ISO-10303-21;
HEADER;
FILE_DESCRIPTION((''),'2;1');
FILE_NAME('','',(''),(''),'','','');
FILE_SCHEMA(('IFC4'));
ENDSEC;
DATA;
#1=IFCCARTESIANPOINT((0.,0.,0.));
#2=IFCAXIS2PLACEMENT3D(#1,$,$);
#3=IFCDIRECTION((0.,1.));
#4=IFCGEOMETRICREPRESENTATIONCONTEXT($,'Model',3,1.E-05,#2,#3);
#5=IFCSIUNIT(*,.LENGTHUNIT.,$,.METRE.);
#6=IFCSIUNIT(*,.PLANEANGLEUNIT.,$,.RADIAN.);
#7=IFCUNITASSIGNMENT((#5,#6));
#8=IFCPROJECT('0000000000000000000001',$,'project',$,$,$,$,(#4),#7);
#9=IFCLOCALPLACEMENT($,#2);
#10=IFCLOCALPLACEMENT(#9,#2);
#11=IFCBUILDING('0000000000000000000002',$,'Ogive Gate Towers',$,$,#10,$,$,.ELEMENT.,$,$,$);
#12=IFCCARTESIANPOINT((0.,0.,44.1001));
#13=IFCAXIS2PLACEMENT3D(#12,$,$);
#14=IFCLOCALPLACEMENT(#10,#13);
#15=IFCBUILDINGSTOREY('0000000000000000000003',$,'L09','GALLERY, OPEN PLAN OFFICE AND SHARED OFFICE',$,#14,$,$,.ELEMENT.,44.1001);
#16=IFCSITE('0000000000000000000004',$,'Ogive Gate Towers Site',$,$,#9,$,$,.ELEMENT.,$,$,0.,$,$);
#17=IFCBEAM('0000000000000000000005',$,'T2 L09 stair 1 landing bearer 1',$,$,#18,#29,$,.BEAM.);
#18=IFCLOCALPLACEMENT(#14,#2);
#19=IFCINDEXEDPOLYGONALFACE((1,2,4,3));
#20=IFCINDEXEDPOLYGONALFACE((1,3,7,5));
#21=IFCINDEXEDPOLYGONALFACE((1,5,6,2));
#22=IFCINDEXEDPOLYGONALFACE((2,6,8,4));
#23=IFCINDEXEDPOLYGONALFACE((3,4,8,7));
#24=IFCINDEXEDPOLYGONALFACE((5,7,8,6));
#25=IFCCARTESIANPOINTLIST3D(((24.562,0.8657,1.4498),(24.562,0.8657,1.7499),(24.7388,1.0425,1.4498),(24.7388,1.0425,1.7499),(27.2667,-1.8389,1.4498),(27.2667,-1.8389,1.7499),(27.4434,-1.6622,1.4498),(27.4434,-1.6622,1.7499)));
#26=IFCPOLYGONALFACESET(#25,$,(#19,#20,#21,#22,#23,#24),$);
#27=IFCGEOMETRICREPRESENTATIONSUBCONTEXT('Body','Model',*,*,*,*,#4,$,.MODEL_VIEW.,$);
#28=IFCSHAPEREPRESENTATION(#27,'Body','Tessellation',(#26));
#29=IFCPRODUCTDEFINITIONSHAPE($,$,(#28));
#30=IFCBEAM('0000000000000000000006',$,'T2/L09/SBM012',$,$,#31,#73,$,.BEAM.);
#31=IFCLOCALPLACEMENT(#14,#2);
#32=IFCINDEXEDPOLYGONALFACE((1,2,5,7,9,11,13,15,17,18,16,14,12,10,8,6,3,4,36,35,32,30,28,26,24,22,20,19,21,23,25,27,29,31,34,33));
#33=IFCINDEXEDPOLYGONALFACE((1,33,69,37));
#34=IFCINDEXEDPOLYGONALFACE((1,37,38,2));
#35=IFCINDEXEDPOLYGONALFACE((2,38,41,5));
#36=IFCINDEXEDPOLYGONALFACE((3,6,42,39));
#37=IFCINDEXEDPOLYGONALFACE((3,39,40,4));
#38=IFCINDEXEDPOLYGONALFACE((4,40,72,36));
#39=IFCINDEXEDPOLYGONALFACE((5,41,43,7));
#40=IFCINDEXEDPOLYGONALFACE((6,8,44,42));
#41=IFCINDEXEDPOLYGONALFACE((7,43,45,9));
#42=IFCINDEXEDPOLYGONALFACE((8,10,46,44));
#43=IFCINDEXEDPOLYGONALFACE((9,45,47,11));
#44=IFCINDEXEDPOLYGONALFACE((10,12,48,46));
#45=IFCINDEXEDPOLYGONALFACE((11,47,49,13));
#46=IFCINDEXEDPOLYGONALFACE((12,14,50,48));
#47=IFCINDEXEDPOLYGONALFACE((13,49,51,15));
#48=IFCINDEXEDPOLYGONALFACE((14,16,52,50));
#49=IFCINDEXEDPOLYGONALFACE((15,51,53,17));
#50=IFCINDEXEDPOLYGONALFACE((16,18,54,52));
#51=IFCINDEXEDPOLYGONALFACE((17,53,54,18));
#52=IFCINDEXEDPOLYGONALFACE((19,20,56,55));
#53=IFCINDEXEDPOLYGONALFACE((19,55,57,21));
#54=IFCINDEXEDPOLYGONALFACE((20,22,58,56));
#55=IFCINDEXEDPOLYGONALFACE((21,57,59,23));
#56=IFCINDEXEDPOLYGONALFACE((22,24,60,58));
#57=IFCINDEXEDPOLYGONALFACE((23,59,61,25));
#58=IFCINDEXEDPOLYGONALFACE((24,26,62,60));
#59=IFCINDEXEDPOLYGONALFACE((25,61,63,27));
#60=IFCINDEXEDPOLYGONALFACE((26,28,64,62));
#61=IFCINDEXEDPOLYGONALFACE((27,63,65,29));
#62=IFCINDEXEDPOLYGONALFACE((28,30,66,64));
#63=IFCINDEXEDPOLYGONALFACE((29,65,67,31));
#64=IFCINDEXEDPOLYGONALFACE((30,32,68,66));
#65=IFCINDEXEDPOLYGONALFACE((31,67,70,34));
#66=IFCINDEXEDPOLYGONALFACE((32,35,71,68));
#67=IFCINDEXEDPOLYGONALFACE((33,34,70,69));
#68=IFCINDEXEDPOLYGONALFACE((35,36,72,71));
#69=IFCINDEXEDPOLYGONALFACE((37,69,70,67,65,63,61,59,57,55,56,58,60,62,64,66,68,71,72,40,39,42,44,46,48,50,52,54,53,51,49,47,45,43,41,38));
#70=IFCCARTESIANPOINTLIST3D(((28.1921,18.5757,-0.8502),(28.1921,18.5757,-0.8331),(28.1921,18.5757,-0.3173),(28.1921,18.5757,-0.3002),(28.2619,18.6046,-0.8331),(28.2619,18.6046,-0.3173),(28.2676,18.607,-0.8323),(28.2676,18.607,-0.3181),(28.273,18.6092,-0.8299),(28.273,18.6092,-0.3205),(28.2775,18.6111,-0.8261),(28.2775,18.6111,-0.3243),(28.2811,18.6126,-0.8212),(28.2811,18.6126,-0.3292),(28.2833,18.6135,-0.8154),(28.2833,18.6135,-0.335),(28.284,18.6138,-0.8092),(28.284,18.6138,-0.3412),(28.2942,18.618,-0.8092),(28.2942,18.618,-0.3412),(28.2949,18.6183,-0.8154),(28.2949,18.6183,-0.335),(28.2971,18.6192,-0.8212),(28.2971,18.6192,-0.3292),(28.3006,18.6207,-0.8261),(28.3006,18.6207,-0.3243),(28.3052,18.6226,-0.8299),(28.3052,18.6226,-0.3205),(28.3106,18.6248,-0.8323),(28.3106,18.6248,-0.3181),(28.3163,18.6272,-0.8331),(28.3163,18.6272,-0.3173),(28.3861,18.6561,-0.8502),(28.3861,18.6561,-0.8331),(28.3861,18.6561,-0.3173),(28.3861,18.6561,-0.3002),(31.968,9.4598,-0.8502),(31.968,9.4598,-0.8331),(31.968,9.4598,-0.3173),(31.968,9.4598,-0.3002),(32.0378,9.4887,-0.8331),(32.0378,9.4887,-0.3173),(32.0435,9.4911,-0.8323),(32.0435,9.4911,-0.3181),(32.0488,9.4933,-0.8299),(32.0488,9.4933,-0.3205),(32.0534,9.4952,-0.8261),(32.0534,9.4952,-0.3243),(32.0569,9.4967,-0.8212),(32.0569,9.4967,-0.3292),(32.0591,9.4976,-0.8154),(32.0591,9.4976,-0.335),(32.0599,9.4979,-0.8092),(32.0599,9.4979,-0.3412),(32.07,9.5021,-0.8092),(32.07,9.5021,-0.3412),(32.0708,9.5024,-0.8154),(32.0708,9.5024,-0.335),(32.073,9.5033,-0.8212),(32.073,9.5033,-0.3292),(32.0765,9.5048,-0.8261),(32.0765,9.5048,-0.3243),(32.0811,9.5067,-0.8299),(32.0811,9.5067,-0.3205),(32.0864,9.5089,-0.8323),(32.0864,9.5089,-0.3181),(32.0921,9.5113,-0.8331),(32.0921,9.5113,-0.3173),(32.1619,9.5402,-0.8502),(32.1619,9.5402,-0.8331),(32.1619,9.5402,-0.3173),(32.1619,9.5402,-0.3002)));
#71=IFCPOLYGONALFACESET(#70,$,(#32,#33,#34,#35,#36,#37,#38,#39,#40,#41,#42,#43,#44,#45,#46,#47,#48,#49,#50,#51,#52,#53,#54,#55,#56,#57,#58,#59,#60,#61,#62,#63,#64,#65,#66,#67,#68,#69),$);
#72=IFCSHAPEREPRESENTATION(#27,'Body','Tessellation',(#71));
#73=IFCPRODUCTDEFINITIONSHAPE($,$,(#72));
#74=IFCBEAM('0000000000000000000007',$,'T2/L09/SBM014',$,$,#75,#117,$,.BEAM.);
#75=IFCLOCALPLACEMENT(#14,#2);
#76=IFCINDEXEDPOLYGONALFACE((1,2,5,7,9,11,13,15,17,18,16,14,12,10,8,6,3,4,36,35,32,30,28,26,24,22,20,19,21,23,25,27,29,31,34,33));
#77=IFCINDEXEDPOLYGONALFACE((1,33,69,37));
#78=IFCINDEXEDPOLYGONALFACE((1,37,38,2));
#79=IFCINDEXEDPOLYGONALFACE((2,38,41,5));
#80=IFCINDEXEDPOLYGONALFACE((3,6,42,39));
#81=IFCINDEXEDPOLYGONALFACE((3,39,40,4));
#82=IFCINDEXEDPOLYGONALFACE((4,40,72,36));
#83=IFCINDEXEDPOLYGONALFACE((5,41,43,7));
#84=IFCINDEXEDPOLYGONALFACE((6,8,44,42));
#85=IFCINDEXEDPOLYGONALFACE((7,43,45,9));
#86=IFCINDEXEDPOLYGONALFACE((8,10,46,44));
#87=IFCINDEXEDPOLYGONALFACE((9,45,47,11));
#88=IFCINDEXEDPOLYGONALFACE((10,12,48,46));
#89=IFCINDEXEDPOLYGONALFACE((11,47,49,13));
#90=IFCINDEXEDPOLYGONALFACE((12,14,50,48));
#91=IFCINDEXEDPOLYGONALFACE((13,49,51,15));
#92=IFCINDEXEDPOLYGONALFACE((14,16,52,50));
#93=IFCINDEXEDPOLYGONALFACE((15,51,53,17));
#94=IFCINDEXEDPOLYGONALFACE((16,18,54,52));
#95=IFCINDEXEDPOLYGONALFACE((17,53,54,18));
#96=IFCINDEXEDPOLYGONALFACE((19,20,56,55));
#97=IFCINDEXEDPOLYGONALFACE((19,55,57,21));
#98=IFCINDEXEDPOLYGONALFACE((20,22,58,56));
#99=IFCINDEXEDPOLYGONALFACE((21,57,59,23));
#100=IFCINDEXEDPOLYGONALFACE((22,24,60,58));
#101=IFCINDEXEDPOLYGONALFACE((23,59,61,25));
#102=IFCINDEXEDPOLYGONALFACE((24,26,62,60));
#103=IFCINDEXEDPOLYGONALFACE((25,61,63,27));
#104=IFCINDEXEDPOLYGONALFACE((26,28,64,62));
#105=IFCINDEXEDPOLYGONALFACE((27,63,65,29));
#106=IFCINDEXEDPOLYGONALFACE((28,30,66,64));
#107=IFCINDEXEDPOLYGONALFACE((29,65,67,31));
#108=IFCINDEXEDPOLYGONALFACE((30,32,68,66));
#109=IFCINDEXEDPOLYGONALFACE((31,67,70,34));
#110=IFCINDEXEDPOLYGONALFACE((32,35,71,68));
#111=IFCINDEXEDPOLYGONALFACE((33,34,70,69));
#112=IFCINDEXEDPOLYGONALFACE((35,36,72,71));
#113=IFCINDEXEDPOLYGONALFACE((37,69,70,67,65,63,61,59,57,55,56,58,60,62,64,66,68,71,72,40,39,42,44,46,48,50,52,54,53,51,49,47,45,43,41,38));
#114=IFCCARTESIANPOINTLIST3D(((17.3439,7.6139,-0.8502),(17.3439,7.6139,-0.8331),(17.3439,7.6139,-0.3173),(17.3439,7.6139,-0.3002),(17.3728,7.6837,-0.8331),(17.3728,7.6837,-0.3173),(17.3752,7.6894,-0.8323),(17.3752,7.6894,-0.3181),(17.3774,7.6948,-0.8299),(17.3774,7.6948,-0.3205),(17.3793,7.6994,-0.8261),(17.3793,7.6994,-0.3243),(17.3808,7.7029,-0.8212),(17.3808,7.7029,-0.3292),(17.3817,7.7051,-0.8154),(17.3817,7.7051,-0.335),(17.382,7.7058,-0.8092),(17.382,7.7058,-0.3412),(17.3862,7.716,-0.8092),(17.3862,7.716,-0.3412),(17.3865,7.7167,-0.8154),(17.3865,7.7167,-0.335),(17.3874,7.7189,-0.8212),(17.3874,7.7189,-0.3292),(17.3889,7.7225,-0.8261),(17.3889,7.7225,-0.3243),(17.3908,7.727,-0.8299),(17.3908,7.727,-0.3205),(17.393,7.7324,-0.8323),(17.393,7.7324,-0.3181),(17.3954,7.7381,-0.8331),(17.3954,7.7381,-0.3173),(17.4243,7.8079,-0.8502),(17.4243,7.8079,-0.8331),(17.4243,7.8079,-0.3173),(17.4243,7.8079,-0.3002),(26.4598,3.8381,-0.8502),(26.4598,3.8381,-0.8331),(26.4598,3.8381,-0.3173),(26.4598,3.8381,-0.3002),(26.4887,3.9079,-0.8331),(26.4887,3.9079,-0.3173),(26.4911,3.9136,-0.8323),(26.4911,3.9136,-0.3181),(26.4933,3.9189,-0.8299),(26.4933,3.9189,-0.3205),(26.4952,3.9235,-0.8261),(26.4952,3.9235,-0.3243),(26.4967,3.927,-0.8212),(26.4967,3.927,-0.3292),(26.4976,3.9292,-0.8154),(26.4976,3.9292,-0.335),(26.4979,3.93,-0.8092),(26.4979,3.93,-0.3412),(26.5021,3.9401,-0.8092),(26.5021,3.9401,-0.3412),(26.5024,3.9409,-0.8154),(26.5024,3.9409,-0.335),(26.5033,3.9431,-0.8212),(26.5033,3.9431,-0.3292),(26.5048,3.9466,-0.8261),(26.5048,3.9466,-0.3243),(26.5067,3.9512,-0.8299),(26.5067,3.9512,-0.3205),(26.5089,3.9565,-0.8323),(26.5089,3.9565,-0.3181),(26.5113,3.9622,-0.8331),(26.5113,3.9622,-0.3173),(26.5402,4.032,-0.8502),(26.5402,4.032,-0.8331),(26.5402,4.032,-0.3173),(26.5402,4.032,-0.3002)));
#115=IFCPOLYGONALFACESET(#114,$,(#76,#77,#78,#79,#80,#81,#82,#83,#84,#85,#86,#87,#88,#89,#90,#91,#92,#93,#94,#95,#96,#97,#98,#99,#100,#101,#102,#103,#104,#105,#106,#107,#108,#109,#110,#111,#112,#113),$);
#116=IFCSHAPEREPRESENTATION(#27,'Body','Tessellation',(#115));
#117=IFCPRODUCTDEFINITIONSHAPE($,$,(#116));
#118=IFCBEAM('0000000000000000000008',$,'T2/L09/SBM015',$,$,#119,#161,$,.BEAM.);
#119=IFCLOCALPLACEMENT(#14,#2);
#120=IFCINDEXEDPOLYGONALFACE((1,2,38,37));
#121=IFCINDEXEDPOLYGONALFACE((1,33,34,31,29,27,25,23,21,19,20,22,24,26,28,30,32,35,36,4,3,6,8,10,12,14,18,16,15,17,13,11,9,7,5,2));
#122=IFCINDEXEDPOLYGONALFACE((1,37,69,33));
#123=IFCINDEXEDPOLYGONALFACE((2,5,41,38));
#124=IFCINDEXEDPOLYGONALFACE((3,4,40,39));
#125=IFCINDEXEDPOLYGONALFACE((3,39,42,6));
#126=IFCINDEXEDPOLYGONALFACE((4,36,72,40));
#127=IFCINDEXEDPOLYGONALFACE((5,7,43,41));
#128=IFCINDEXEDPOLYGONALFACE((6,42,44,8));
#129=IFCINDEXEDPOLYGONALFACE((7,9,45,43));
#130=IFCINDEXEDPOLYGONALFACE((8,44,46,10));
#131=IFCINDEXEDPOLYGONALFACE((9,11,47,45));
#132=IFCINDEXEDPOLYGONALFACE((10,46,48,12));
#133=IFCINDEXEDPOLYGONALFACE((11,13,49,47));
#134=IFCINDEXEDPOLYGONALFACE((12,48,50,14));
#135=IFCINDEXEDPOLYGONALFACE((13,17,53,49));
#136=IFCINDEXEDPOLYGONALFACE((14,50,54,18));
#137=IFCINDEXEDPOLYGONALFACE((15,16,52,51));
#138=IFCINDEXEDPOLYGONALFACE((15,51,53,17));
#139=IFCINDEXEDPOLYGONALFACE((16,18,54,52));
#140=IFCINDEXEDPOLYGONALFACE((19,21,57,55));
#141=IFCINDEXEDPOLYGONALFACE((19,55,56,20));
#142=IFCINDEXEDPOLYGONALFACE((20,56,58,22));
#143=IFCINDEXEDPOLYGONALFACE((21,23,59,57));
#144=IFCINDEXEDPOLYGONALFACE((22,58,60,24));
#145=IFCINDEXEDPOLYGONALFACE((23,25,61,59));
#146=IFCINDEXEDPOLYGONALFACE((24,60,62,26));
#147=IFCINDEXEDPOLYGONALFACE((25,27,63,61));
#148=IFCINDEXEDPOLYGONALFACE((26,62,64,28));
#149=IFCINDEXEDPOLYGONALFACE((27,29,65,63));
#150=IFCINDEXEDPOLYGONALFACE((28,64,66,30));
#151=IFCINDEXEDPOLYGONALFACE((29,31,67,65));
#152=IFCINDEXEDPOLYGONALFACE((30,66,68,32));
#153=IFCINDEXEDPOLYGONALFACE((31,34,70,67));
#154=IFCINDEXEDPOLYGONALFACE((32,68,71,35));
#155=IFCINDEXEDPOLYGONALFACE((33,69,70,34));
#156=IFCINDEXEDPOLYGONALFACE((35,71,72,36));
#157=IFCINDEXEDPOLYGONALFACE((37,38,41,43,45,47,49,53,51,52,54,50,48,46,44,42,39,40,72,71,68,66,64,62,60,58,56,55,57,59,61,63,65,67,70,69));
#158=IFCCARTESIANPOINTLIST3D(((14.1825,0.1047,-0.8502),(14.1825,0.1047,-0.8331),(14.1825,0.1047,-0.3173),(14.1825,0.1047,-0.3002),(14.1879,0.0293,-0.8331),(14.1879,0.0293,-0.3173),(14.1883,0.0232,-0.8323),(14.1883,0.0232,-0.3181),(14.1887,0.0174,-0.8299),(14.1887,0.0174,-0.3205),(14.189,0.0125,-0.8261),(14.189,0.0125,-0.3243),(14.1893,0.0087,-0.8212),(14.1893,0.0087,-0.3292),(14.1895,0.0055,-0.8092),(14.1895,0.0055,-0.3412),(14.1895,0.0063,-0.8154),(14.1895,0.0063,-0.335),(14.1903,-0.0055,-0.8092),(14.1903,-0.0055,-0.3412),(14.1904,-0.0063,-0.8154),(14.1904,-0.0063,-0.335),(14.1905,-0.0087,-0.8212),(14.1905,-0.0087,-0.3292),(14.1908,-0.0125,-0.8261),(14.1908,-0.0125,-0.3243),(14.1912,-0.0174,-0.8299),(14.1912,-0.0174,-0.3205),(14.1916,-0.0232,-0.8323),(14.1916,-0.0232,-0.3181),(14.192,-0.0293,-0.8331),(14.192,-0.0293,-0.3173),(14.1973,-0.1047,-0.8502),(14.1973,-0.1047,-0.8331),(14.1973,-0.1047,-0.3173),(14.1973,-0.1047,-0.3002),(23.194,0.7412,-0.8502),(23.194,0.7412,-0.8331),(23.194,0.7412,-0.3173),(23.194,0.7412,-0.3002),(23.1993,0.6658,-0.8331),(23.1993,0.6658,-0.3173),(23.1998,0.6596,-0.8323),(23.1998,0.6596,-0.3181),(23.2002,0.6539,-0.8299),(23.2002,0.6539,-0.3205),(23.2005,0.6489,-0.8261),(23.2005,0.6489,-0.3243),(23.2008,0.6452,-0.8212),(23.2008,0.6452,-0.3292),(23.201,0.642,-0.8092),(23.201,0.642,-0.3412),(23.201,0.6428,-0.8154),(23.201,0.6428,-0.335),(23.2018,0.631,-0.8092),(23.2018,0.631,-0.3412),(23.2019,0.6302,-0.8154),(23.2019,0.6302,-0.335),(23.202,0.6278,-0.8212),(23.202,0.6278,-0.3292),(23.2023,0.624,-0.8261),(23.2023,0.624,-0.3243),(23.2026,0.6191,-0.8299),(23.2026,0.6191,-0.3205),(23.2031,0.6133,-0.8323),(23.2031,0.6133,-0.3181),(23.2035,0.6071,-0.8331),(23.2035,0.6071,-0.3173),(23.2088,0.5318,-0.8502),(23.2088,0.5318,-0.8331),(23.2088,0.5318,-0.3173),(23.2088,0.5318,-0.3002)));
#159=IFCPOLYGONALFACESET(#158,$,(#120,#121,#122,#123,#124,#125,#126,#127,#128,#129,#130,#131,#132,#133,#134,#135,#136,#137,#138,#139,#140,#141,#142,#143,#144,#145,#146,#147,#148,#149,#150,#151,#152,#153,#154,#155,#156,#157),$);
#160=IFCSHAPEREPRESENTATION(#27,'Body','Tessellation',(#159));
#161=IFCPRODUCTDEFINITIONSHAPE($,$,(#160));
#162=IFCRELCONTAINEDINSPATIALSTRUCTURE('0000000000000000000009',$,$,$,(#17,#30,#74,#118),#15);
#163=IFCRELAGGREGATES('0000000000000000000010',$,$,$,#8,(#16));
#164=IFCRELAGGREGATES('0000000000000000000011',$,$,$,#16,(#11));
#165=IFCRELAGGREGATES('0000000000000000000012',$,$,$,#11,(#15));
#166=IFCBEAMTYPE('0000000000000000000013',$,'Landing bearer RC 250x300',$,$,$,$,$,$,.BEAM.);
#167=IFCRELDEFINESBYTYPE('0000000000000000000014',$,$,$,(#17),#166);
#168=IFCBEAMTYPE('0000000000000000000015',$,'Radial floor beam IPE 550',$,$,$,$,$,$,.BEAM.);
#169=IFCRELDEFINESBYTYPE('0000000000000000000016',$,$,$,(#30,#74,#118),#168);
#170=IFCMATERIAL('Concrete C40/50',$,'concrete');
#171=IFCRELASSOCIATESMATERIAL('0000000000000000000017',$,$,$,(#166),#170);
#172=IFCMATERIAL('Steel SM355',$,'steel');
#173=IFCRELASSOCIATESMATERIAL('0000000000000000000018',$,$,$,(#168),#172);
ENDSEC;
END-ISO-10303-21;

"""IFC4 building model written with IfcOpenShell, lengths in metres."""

from ifc_helpers import new_model, si_unit, direction, frame, origin, origin_2d, place, context, subcontext, project, spatial, rectangle, i_section, extrude, material, material_profile, profile_set, type_object, element, save


model = new_model("IFC4")

# Units and contexts
model_context = context("Model", 3, precision=1e-05, world=origin(), true_north=direction((0.0, 1.0)))
body_context = subcontext(model_context, "Body", "Model", "MODEL_VIEW")
ifc_project = project(units=[si_unit("LENGTHUNIT", "METRE"), si_unit("PLANEANGLEUNIT", "RADIAN")], contexts=[model_context])

# Site, building, storey
site_placement = place(None, origin())
site = spatial("IfcSite", under=ifc_project, at=site_placement, Name="Ogive Gate Towers Site", CompositionType="ELEMENT", RefElevation=0.0)
building_placement = place(site_placement, origin())
building = spatial("IfcBuilding", under=site, at=building_placement, Name="Ogive Gate Towers", CompositionType="ELEMENT")
storey_placement = place(building_placement, frame((0.0, 0.0, 44.1001)))
storey = spatial("IfcBuildingStorey", under=building, at=storey_placement, Name="L09", Description="GALLERY, OPEN PLAN OFFICE AND SHARED OFFICE", CompositionType="ELEMENT", Elevation=44.1001)

# Beams
ifc_material_1 = material(Name="Concrete C40/50", Category="concrete")
ifc_material_profile_1 = material_profile(ifc_material_1, rectangle(XDim=0.25, YDim=0.3, at=origin_2d()), Name="RC 250x300")
ifc_profile_set_1 = profile_set([ifc_material_profile_1], Name="Concrete C40/50")
beam_type_1 = type_object("IfcBeamType", Name="Landing bearer RC 250x300", PredefinedType="BEAM", material=ifc_profile_set_1)
beam_1_placement = place(storey_placement, frame((24.6504, 0.9541, 1.5999), z_axis=(0.707107, -0.707107, 0.0), x_axis=(0.707107, 0.707107, 0.0)))
element("IfcBeam", 1, at=beam_1_placement, inside=storey, type_object=beam_type_1, Name="T2 L09 stair 1 landing bearer 1", PredefinedType="BEAM", context=body_context, shape_type="SweptSolid", body=[
    extrude(rectangle(XDim=0.25, YDim=0.3, at=origin_2d()), origin(), (0.0, 0.0, 1.0), 3.825),
])
ifc_material_2 = material(Name="Steel SM355", Category="steel")
ifc_material_profile_2 = material_profile(ifc_material_2, i_section(OverallWidth=0.21, OverallDepth=0.55, WebThickness=0.011, FlangeThickness=0.0171, FilletRadius=0.0239, at=origin_2d()), Name="IPE 550")
ifc_profile_set_2 = profile_set([ifc_material_profile_2], Name="Steel SM355")
beam_type_2 = type_object("IfcBeamType", Name="Radial floor beam IPE 550", PredefinedType="BEAM", material=ifc_profile_set_2)
for number, where, z_axis, x_axis, name in (
    (2, (32.0649, 9.5, -0.5752), (-0.382677, 0.923882, 0.0), (-0.923882, -0.382677, 0.0), "T2/L09/SBM012"),
    (3, (26.5, 3.9351, -0.5752), (-0.923882, 0.382677, 0.0), (-0.382677, -0.923882, 0.0), "T2/L09/SBM014"),
):
    element("IfcBeam", number, at=place(storey_placement, frame(where, z_axis=z_axis, x_axis=x_axis)), inside=storey, type_object=beam_type_2, Name=name, PredefinedType="BEAM", context=body_context, shape_type="SweptSolid", body=[
        extrude(i_section(OverallWidth=0.21, OverallDepth=0.55, WebThickness=0.011, FlangeThickness=0.0171, FilletRadius=0.0239, at=origin_2d()), origin(), (0.0, 0.0, 1.0), 9.8669),
    ])
beam_2_placement = place(storey_placement, frame((23.2014, 0.6365, -0.5752), z_axis=(-0.997515, -0.070454, 0.0), x_axis=(0.070454, -0.997515, 0.0)))
element("IfcBeam", 4, at=beam_2_placement, inside=storey, type_object=beam_type_2, Name="T2/L09/SBM015", PredefinedType="BEAM", context=body_context, shape_type="SweptSolid", body=[
    extrude(i_section(OverallWidth=0.21, OverallDepth=0.55, WebThickness=0.011, FlangeThickness=0.0171, FilletRadius=0.0239, at=origin_2d()), origin(), (0.0, 0.0, 1.0), 9.0339),
])

save(model, "model.ifc")
